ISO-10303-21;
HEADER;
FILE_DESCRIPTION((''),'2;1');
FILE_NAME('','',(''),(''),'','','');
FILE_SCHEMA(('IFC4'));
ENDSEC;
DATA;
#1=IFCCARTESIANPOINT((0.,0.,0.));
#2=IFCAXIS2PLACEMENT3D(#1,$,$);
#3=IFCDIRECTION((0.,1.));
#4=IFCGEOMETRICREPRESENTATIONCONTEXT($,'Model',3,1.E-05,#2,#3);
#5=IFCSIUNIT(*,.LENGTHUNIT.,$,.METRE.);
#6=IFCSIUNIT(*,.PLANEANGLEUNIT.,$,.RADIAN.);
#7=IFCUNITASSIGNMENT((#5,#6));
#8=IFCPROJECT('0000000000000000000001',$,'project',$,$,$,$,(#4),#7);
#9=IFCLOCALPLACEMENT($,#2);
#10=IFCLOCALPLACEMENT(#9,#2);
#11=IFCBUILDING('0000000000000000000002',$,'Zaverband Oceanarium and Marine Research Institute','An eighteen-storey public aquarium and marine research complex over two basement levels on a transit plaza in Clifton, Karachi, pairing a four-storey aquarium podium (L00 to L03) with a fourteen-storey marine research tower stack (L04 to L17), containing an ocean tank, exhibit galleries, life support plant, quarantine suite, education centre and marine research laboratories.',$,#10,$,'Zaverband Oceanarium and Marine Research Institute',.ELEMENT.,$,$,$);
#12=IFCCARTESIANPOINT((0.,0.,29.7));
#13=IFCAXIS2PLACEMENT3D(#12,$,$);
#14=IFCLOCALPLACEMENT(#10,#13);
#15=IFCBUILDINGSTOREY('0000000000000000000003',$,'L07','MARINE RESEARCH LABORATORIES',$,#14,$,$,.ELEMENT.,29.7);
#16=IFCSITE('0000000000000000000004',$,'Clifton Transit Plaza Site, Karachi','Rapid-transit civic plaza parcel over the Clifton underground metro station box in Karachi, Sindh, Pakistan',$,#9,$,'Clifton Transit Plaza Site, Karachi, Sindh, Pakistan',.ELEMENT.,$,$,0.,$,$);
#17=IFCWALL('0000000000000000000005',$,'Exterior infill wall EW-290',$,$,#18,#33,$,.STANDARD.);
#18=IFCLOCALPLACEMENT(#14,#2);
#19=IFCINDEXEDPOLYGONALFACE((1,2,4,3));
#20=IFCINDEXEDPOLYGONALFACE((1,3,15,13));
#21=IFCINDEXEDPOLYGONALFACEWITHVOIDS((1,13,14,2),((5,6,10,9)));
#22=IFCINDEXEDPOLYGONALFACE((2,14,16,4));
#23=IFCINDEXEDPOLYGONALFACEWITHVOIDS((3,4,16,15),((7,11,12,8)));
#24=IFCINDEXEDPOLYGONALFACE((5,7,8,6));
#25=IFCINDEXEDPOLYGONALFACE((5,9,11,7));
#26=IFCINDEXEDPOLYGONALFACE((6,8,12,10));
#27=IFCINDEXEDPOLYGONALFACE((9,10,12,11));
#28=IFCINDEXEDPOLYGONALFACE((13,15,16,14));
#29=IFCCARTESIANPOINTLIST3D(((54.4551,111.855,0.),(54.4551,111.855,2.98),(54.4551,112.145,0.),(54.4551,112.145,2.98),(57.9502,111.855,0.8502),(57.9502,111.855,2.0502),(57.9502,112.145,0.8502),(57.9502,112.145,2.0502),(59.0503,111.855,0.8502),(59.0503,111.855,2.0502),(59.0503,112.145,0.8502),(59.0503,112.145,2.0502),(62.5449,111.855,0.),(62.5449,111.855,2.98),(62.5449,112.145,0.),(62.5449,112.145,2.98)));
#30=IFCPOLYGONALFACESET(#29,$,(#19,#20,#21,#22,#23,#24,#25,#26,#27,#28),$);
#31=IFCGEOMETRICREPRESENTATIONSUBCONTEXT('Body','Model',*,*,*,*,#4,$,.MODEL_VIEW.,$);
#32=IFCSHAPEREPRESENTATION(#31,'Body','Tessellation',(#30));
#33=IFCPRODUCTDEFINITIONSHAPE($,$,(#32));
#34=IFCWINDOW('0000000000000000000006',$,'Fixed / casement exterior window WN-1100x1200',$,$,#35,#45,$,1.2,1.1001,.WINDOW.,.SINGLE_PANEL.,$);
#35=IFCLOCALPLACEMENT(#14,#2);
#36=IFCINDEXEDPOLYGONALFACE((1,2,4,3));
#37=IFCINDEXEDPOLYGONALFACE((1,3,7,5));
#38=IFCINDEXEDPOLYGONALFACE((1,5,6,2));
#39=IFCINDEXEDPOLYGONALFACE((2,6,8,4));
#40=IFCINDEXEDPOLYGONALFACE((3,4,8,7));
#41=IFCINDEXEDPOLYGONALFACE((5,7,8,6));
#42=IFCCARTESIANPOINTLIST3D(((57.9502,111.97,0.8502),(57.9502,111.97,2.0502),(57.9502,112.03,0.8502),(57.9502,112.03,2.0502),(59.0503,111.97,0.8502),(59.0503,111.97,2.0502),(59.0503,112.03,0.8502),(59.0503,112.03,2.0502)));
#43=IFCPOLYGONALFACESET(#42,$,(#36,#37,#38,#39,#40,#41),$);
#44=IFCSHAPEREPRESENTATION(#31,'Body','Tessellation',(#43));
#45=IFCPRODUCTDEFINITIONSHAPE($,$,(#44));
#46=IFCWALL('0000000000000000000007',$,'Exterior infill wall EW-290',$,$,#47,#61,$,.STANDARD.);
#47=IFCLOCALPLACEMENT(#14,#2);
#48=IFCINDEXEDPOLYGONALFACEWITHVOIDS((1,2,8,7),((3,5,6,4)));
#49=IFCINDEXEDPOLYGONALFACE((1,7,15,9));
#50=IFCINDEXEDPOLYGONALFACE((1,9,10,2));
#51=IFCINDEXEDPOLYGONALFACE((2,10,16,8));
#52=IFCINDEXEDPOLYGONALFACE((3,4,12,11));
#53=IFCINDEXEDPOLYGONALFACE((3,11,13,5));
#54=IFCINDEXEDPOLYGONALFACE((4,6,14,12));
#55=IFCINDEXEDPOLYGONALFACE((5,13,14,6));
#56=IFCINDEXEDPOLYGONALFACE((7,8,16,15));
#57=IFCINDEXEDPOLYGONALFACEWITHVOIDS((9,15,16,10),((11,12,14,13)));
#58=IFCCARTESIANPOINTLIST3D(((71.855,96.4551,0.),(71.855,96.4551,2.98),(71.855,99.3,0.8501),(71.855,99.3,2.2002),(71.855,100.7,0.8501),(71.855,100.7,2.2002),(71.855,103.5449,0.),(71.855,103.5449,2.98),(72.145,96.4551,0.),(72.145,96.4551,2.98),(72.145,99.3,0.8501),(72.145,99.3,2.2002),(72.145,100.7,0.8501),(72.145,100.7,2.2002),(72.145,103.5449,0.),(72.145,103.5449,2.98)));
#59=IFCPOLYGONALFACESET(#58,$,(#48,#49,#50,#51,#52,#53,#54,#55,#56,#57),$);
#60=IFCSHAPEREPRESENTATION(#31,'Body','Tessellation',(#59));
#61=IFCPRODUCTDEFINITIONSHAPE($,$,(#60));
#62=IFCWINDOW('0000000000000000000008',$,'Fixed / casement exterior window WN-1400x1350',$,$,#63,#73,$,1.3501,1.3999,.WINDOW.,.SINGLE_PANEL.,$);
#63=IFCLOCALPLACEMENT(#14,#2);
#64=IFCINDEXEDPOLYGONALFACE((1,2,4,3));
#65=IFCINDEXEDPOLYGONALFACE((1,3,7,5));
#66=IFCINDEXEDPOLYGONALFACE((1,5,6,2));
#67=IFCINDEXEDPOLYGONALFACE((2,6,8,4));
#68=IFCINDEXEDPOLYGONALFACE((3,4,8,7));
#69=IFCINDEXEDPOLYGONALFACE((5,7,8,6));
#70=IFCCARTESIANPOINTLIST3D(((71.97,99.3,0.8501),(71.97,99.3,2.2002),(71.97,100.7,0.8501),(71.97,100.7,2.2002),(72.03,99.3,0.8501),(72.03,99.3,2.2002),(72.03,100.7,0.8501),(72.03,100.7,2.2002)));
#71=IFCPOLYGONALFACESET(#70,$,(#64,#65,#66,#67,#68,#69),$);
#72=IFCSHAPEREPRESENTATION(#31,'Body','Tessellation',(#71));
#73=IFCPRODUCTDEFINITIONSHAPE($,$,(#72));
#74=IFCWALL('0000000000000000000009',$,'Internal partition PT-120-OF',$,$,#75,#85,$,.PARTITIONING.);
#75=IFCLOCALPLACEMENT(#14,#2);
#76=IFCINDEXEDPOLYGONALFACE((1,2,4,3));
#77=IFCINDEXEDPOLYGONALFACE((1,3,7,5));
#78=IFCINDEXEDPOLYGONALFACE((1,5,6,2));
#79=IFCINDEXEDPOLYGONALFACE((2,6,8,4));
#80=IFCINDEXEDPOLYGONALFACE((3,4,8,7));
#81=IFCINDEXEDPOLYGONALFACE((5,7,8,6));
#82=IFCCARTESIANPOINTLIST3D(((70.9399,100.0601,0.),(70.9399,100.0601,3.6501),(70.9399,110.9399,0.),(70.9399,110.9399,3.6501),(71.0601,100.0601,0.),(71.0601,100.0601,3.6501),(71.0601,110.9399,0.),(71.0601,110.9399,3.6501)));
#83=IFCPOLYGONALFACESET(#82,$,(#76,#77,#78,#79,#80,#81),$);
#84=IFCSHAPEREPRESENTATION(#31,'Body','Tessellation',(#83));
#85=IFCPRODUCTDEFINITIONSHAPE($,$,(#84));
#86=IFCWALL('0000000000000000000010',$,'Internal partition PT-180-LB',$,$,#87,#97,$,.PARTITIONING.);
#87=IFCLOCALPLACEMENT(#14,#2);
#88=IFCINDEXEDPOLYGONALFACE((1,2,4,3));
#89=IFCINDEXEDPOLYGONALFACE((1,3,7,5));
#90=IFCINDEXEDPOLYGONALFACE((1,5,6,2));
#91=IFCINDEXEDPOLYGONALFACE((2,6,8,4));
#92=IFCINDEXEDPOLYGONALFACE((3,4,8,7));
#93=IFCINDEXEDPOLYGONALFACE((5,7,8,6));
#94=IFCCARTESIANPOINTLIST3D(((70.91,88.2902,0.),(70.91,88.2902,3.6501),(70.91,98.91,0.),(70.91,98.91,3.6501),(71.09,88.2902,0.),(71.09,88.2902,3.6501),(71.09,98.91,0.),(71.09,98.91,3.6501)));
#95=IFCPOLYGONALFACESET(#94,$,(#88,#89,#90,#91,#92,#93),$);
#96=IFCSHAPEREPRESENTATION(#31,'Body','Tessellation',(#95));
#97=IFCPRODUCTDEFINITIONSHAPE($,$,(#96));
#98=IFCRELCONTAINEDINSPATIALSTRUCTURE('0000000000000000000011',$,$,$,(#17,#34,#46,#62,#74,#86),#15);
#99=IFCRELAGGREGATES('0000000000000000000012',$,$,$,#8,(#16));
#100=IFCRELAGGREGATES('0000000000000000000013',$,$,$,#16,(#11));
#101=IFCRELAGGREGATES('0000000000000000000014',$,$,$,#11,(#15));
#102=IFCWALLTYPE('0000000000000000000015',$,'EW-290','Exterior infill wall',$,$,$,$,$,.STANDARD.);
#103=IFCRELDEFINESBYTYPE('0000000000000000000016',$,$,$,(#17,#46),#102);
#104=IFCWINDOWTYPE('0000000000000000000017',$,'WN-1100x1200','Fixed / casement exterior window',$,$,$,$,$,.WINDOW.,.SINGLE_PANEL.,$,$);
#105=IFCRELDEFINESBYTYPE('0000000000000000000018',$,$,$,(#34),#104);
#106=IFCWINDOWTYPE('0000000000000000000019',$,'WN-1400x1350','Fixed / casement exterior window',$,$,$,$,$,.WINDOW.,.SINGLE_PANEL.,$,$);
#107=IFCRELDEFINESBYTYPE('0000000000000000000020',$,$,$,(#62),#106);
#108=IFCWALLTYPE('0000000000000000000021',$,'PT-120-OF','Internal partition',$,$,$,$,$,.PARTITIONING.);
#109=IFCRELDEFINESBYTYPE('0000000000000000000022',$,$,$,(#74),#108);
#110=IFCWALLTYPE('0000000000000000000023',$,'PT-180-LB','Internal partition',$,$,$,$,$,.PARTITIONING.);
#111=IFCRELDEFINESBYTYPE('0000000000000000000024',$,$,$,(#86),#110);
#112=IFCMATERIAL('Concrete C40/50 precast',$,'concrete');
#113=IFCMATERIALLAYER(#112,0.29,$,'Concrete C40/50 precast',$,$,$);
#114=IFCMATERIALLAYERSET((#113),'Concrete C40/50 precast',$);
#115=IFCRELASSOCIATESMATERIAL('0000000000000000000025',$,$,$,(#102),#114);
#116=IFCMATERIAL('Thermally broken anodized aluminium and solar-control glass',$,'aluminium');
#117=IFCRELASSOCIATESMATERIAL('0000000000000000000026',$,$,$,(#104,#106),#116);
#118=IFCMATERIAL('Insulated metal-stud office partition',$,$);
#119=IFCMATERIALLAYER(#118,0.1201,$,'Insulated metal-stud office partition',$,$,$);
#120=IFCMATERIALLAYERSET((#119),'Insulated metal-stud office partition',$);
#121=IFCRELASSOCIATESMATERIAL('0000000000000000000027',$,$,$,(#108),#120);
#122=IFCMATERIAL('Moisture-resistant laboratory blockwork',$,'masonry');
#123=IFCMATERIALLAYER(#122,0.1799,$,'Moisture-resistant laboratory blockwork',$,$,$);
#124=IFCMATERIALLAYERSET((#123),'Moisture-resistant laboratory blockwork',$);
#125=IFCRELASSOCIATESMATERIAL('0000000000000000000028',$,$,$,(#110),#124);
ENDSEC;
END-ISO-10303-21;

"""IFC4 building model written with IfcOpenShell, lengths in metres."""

from ifc_helpers import new_model, si_unit, direction, frame, frame_2d, origin, place, context, subcontext, project, spatial, rectangle, extrude, material, layer, layer_set, type_object, element, fill, save


model = new_model("IFC4")

# Units and contexts
model_context = context("Model", 3, precision=1e-05, world=origin(), true_north=direction((0.0, 1.0)))
body_context = subcontext(model_context, "Body", "Model", "MODEL_VIEW")
ifc_project = project(units=[si_unit("LENGTHUNIT", "METRE"), si_unit("PLANEANGLEUNIT", "RADIAN")], contexts=[model_context])

# Site, building, storey
site_placement = place(None, origin())
site = spatial("IfcSite", under=ifc_project, at=site_placement, Name="Clifton Transit Plaza Site, Karachi", Description="Rapid-transit civic plaza parcel over the Clifton underground metro station box in Karachi, Sindh, Pakistan", LongName="Clifton Transit Plaza Site, Karachi, Sindh, Pakistan", CompositionType="ELEMENT", RefElevation=0.0)
building_placement = place(site_placement, origin())
building = spatial("IfcBuilding", under=site, at=building_placement, Name="Zaverband Oceanarium and Marine Research Institute", Description="An eighteen-storey public aquarium and marine research complex over two basement levels on a transit plaza in Clifton, Karachi, pairing a four-storey aquarium podium (L00 to L03) with a fourteen-storey marine research tower stack (L04 to L17), containing an ocean tank, exhibit galleries, life support plant, quarantine suite, education centre and marine research laboratories.", LongName="Zaverband Oceanarium and Marine Research Institute", CompositionType="ELEMENT")
storey_placement = place(building_placement, frame((0.0, 0.0, 29.7)))
storey = spatial("IfcBuildingStorey", under=building, at=storey_placement, Name="L07", Description="MARINE RESEARCH LABORATORIES", CompositionType="ELEMENT", Elevation=29.7)

# Walls, openings, windows
ifc_material_1 = material(Name="Concrete C40/50 precast", Category="concrete")
ifc_material_2 = material(Name="Thermally broken anodized aluminium and solar-control glass", Category="aluminium")
ifc_layer_1 = layer(ifc_material_1, 0.29, Name="Concrete C40/50 precast")
ifc_layer_set_1 = layer_set([ifc_layer_1], Name="Concrete C40/50 precast")
wall_type_1 = type_object("IfcWallType", Name="EW-290", Description="Exterior infill wall", PredefinedType="STANDARD", material=ifc_layer_set_1)
wall_1_placement = place(storey_placement, frame((54.4551, 112.0, 0.0), z_axis=(0.0, 0.0, 1.0), x_axis=(1.0, 0.0, 0.0)))
wall_1 = element("IfcWall", 1, at=wall_1_placement, inside=storey, type_object=wall_type_1, Name="Exterior infill wall EW-290", PredefinedType="STANDARD", context=body_context, shape_type="SweptSolid", body=[
    extrude(rectangle(XDim=8.0898, YDim=0.29, at=frame_2d((4.0449, 0.0))), origin(), (0.0, 0.0, 1.0), 2.98),
])
opening_1_placement = place(wall_1_placement, frame((3.4951, 0.0, 0.8501)))
opening_1 = element("IfcOpeningElement", 2, at=opening_1_placement, cuts=wall_1, PredefinedType="OPENING", context=body_context, shape_type="SweptSolid", body=[
    extrude(rectangle(XDim=1.1001, YDim=1.2, at=frame_2d((0.55, 0.6001))), frame((0.0, 0.157, 0.0), z_axis=(0.0, -1.0, 0.0), x_axis=(1.0, 0.0, 0.0)), (0.0, 0.0, 1.0), 0.314),
])
window_type_1 = type_object("IfcWindowType", Name="WN-1100x1200", Description="Fixed / casement exterior window", PartitioningType="SINGLE_PANEL", PredefinedType="WINDOW", material=ifc_material_2)
window_1_placement = place(opening_1_placement, origin())
window_1 = element("IfcWindow", 3, at=window_1_placement, inside=storey, type_object=window_type_1, Name="Fixed / casement exterior window WN-1100x1200", OverallHeight=1.2, OverallWidth=1.1001, PartitioningType="SINGLE_PANEL", PredefinedType="WINDOW", context=body_context, shape_type="SweptSolid", body=[
    extrude(rectangle(XDim=1.1001, YDim=1.2, at=frame_2d((0.55, 0.6001))), frame((0.0, 0.03, 0.0), z_axis=(0.0, -1.0, 0.0), x_axis=(1.0, 0.0, 0.0)), (0.0, 0.0, 1.0), 0.0601),
])
fill(opening_1, window_1)
wall_2_placement = place(storey_placement, frame((72.0, 96.4551, 0.0), z_axis=(0.0, 0.0, 1.0), x_axis=(0.0, 1.0, 0.0)))
wall_2 = element("IfcWall", 4, at=wall_2_placement, inside=storey, type_object=wall_type_1, Name="Exterior infill wall EW-290", PredefinedType="STANDARD", context=body_context, shape_type="SweptSolid", body=[
    extrude(rectangle(XDim=7.0898, YDim=0.29, at=frame_2d((3.5449, 0.0))), origin(), (0.0, 0.0, 1.0), 2.98),
])
opening_2_placement = place(wall_2_placement, frame((2.845, 0.0, 0.8501)))
opening_2 = element("IfcOpeningElement", 5, at=opening_2_placement, cuts=wall_2, PredefinedType="OPENING", context=body_context, shape_type="SweptSolid", body=[
    extrude(rectangle(XDim=1.3999, YDim=1.3501, at=frame_2d((0.7, 0.675))), frame((0.0, 0.157, 0.0), z_axis=(0.0, -1.0, 0.0), x_axis=(1.0, 0.0, 0.0)), (0.0, 0.0, 1.0), 0.314),
])
window_type_2 = type_object("IfcWindowType", Name="WN-1400x1350", Description="Fixed / casement exterior window", PartitioningType="SINGLE_PANEL", PredefinedType="WINDOW", material=ifc_material_2)
window_2_placement = place(opening_2_placement, origin())
window_2 = element("IfcWindow", 6, at=window_2_placement, inside=storey, type_object=window_type_2, Name="Fixed / casement exterior window WN-1400x1350", OverallHeight=1.3501, OverallWidth=1.3999, PartitioningType="SINGLE_PANEL", PredefinedType="WINDOW", context=body_context, shape_type="SweptSolid", body=[
    extrude(rectangle(XDim=1.3999, YDim=1.3501, at=frame_2d((0.7, 0.675))), frame((0.0, 0.03, 0.0), z_axis=(0.0, -1.0, 0.0), x_axis=(1.0, 0.0, 0.0)), (0.0, 0.0, 1.0), 0.0601),
])
fill(opening_2, window_2)

# Walls
ifc_material_3 = material(Name="Insulated metal-stud office partition")
ifc_layer_2 = layer(ifc_material_3, 0.1201, Name="Insulated metal-stud office partition")
ifc_layer_set_2 = layer_set([ifc_layer_2], Name="Insulated metal-stud office partition")
wall_type_2 = type_object("IfcWallType", Name="PT-120-OF", Description="Internal partition", PredefinedType="PARTITIONING", material=ifc_layer_set_2)
wall_3_placement = place(storey_placement, frame((71.0, 100.0601, 0.0), z_axis=(0.0, 0.0, 1.0), x_axis=(0.0, 1.0, 0.0)))
element("IfcWall", 7, at=wall_3_placement, inside=storey, type_object=wall_type_2, Name="Internal partition PT-120-OF", PredefinedType="PARTITIONING", context=body_context, shape_type="SweptSolid", body=[
    extrude(rectangle(XDim=10.8799, YDim=0.1201, at=frame_2d((5.4399, 0.0))), origin(), (0.0, 0.0, 1.0), 3.6501),
])
ifc_material_4 = material(Name="Moisture-resistant laboratory blockwork", Category="masonry")
ifc_layer_3 = layer(ifc_material_4, 0.1799, Name="Moisture-resistant laboratory blockwork")
ifc_layer_set_3 = layer_set([ifc_layer_3], Name="Moisture-resistant laboratory blockwork")
wall_type_3 = type_object("IfcWallType", Name="PT-180-LB", Description="Internal partition", PredefinedType="PARTITIONING", material=ifc_layer_set_3)
wall_4_placement = place(storey_placement, frame((71.0, 88.29, 0.0), z_axis=(0.0, 0.0, 1.0), x_axis=(0.0, 1.0, 0.0)))
element("IfcWall", 8, at=wall_4_placement, inside=storey, type_object=wall_type_3, Name="Internal partition PT-180-LB", PredefinedType="PARTITIONING", context=body_context, shape_type="SweptSolid", body=[
    extrude(rectangle(XDim=10.6199, YDim=0.1799, at=frame_2d((5.3101, 0.0))), origin(), (0.0, 0.0, 1.0), 3.6501),
])

save(model, "model.ifc")
